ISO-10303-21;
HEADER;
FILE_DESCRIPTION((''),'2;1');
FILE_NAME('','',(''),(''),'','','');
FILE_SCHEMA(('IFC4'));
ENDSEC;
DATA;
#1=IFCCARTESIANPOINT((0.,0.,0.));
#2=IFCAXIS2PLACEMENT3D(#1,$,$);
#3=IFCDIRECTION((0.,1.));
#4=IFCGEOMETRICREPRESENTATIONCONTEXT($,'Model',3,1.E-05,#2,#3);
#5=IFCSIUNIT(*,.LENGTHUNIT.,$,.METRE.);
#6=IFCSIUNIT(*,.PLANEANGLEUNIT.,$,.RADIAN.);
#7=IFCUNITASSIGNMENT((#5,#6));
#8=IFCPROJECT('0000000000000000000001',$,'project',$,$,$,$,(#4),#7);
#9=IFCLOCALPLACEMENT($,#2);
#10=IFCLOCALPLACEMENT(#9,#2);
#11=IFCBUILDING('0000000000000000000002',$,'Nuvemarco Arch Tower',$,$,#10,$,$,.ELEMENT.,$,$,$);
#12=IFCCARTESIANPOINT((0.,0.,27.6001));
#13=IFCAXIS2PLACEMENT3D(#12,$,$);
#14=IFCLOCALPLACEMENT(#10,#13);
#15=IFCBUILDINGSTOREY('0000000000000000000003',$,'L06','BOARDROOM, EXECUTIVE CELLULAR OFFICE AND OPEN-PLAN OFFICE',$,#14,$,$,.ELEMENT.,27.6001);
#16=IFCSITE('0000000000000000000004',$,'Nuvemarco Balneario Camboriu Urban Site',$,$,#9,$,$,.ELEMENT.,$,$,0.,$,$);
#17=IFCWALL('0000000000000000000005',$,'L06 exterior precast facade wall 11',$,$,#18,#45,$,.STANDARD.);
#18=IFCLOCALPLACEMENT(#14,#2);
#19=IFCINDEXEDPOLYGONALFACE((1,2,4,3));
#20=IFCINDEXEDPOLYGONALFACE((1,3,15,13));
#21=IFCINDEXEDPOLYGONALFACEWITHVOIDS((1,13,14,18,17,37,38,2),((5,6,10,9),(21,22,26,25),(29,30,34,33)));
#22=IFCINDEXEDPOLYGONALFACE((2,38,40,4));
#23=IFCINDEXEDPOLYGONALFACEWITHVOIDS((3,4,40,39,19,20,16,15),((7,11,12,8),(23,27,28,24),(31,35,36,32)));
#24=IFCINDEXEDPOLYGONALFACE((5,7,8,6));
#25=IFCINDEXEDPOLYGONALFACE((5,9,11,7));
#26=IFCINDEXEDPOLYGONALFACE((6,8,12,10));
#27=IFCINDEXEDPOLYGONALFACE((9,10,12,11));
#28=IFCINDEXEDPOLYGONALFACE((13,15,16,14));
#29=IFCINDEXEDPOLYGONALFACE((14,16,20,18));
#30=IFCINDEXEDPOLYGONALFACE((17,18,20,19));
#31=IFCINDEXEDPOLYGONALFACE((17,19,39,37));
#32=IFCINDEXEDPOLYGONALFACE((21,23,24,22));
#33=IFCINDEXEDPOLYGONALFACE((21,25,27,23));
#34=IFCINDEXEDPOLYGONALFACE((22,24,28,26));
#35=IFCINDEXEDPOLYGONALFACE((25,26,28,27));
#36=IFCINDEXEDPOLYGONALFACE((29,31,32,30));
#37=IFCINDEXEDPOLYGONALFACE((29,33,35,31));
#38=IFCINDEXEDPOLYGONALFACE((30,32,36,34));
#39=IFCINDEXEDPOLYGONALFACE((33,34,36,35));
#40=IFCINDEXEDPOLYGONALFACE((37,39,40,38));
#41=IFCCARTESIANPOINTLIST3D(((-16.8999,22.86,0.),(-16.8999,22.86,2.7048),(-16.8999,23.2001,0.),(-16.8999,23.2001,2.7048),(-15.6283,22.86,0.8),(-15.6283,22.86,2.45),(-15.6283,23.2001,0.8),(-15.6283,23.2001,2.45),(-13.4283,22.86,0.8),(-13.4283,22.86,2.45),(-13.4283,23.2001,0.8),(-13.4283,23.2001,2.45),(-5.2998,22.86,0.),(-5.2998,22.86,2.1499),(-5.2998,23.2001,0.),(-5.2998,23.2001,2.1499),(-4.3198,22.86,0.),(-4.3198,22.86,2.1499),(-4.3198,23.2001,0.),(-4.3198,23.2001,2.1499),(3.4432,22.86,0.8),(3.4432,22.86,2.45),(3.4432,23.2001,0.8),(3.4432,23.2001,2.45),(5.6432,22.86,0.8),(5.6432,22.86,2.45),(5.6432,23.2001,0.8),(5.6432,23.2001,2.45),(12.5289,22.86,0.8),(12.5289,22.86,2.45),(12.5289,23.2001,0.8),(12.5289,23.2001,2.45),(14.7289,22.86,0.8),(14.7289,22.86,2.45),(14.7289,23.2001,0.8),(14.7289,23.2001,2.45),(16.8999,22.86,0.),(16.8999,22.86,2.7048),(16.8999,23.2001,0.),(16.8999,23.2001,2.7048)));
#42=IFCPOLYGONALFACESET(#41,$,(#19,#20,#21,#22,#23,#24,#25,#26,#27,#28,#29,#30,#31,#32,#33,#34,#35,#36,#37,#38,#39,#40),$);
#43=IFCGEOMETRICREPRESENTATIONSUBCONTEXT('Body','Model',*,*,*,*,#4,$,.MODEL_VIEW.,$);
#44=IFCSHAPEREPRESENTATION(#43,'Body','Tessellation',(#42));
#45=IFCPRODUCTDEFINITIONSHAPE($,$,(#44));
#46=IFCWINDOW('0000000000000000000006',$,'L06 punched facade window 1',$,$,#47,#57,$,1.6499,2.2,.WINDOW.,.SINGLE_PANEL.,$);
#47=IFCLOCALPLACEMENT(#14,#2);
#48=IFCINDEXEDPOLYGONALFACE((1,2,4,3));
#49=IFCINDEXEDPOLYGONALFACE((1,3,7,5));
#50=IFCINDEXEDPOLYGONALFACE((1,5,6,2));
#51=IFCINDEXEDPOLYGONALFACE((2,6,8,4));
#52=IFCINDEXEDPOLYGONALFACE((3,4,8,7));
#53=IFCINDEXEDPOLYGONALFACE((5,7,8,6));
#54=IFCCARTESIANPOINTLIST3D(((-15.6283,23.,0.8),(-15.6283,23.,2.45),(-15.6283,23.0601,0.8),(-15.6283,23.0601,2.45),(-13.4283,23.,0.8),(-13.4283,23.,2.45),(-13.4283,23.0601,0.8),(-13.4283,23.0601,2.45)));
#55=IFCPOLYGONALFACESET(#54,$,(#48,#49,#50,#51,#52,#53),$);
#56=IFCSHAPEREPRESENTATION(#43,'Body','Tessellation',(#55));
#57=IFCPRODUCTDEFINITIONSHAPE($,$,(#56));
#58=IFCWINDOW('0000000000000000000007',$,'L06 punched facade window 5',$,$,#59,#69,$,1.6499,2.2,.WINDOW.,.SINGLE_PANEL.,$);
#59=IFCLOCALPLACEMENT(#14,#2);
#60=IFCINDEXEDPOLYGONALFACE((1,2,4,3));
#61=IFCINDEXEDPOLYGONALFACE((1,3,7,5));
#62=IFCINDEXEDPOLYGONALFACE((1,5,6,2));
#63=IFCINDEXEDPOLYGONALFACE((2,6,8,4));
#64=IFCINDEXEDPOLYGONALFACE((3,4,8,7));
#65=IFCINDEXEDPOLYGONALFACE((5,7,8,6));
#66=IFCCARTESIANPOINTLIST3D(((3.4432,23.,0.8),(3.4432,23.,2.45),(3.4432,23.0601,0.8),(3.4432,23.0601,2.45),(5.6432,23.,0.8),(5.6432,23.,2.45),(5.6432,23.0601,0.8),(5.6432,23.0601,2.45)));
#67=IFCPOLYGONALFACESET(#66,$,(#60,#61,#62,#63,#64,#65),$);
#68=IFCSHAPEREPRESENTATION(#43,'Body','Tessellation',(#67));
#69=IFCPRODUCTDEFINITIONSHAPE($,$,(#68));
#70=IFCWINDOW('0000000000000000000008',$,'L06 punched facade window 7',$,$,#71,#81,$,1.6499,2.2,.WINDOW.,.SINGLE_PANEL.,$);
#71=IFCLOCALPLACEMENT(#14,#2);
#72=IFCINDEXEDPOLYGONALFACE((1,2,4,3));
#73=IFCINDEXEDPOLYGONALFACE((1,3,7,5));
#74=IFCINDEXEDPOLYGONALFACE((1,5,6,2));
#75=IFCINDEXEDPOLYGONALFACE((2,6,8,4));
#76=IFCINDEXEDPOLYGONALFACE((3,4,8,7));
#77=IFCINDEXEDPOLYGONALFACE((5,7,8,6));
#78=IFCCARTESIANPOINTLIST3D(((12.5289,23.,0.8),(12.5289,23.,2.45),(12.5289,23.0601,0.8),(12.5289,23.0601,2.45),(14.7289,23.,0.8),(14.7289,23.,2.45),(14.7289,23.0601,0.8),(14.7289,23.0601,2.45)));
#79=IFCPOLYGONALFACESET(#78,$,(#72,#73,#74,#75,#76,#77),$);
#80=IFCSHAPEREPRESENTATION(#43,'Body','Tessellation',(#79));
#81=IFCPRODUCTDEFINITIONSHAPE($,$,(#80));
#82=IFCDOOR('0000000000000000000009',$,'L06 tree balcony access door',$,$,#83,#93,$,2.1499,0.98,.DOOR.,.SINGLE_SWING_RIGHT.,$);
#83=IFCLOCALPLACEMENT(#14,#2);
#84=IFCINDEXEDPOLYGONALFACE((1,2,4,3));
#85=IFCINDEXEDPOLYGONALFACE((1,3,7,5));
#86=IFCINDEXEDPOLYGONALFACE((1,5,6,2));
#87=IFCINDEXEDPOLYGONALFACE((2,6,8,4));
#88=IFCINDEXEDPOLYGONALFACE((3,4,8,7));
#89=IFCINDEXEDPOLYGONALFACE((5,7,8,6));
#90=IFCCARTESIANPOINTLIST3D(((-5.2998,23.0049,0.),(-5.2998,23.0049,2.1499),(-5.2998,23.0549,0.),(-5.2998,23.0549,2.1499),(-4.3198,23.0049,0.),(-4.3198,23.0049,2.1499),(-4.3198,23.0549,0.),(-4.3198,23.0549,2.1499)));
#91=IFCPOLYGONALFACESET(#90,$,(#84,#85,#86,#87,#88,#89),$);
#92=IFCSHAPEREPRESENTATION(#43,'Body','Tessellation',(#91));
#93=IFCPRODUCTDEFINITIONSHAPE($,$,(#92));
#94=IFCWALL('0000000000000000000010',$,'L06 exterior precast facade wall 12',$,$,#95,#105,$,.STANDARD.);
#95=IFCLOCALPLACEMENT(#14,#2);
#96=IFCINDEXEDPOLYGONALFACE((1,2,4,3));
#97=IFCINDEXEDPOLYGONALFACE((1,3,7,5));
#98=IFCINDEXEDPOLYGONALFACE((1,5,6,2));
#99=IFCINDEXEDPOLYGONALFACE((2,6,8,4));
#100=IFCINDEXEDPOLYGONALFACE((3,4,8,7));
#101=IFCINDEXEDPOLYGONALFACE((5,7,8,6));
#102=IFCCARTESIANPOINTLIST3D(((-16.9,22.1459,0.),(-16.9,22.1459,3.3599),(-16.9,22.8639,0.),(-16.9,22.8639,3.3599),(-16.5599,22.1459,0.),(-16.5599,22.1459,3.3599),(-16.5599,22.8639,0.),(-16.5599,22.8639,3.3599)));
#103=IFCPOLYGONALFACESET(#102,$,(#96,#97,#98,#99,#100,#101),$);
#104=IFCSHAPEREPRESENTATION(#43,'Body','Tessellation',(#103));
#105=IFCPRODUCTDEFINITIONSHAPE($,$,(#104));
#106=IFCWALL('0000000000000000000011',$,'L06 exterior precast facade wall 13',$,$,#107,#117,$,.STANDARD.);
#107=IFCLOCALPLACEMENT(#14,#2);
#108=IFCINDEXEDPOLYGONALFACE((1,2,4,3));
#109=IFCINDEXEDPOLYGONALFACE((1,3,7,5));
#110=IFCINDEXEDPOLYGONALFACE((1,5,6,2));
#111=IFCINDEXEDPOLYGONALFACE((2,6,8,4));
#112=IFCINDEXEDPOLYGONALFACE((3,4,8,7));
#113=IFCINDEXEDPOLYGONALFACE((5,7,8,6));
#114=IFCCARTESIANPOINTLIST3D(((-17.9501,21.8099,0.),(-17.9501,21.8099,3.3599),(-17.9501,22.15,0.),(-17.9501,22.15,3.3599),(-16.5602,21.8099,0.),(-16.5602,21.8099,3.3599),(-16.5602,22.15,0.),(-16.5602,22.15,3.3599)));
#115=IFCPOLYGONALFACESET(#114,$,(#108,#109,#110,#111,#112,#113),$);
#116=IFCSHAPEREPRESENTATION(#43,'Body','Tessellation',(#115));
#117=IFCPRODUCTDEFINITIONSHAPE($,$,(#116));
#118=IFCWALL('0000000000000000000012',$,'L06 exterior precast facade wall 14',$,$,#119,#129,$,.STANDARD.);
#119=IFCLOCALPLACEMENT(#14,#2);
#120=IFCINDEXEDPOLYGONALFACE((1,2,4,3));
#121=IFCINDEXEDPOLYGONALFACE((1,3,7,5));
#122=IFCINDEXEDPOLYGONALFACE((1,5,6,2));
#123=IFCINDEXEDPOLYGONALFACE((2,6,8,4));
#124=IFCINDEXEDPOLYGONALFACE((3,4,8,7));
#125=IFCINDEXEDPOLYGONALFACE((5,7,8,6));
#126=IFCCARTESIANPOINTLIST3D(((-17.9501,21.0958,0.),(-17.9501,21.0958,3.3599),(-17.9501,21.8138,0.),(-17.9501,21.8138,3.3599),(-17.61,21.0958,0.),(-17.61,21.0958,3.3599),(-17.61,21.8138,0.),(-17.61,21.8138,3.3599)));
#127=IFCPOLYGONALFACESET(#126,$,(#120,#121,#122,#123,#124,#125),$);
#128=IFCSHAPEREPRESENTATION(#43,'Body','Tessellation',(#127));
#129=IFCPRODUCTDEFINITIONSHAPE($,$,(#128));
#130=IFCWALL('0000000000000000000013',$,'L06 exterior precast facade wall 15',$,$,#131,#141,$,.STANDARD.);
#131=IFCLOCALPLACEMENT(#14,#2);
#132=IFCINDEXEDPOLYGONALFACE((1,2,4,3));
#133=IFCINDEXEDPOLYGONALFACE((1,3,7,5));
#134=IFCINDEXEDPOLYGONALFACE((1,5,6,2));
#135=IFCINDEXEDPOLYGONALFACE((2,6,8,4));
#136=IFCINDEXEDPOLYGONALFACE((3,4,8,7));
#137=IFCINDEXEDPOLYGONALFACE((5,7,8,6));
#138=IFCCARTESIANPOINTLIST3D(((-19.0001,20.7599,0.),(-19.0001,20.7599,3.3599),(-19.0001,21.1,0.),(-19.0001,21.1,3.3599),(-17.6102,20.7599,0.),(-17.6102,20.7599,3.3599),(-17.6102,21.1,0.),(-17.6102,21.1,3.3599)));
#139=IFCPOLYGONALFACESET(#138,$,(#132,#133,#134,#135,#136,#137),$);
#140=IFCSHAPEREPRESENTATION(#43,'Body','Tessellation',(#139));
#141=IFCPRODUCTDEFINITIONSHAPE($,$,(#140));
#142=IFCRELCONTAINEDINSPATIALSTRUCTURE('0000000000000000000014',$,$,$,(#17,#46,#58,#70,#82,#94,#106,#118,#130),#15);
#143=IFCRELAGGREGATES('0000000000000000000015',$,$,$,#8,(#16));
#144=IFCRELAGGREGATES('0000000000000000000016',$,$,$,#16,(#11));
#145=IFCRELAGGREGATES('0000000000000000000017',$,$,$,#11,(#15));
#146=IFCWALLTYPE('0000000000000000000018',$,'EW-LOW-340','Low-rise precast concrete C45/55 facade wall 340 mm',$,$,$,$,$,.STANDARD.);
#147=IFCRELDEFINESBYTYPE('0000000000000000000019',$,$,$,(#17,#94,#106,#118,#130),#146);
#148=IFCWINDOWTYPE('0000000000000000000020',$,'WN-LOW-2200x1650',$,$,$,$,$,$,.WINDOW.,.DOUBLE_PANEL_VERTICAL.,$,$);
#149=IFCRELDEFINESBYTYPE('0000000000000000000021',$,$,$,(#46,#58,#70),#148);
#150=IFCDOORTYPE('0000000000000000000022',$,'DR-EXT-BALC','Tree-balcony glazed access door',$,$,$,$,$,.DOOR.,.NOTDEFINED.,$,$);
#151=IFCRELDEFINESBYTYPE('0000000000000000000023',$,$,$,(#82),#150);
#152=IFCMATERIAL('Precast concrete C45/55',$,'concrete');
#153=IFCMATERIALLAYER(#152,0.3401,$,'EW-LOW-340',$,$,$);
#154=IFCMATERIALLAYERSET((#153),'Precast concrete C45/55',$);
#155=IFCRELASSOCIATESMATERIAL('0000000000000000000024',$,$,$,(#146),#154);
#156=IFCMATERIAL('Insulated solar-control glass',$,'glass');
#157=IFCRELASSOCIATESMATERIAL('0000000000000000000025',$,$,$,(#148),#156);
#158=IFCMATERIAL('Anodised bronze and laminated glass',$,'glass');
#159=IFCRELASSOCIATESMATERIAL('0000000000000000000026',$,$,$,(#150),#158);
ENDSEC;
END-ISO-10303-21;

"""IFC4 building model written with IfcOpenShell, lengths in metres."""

from ifc_helpers import new_model, si_unit, direction, frame, frame_2d, origin, place, context, subcontext, project, spatial, rectangle, extrude, source, transform, mapped, material, layer, layer_set, type_object, type_shapes, element, fill, save


model = new_model("IFC4")

# Units and contexts
model_context = context("Model", 3, precision=1e-05, world=origin(), true_north=direction((0.0, 1.0)))
body_context = subcontext(model_context, "Body", "Model", "MODEL_VIEW")
ifc_project = project(units=[si_unit("LENGTHUNIT", "METRE"), si_unit("PLANEANGLEUNIT", "RADIAN")], contexts=[model_context])

# Site, building, storey
site_placement = place(None, origin())
site = spatial("IfcSite", under=ifc_project, at=site_placement, Name="Nuvemarco Balneario Camboriu Urban Site", CompositionType="ELEMENT", RefElevation=0.0)
building_placement = place(site_placement, origin())
building = spatial("IfcBuilding", under=site, at=building_placement, Name="Nuvemarco Arch Tower", CompositionType="ELEMENT")
storey_placement = place(building_placement, frame((0.0, 0.0, 27.6001)))
storey = spatial("IfcBuildingStorey", under=building, at=storey_placement, Name="L06", Description="BOARDROOM, EXECUTIVE CELLULAR OFFICE AND OPEN-PLAN OFFICE", CompositionType="ELEMENT", Elevation=27.6001)

# Shared definitions
ifc_material_1 = material(Name="Precast concrete C45/55", Category="concrete")

# Wall, openings, windows, door
ifc_layer_1 = layer(ifc_material_1, 0.3401, Name="EW-LOW-340")
ifc_layer_set_1 = layer_set([ifc_layer_1], Name="Precast concrete C45/55")
wall_type_1 = type_object("IfcWallType", Name="EW-LOW-340", Description="Low-rise precast concrete C45/55 facade wall 340 mm", PredefinedType="STANDARD", material=ifc_layer_set_1)
wall_1_placement = place(storey_placement, frame((-16.8999, 23.03, 0.0), z_axis=(0.0, 0.0, 1.0), x_axis=(1.0, 0.0, 0.0)))
wall_1 = element("IfcWall", 1, at=wall_1_placement, inside=storey, type_object=wall_type_1, Name="L06 exterior precast facade wall 11", PredefinedType="STANDARD", context=body_context, shape_type="SweptSolid", body=[
    extrude(rectangle(XDim=33.7998, YDim=0.3401, at=frame_2d((16.8999, 0.0))), origin(), (0.0, 0.0, 1.0), 2.7048),
])
opening_1_placement = place(wall_1_placement, frame((11.6001, 0.0, 0.0)))
opening_1 = element("IfcOpeningElement", 2, at=opening_1_placement, cuts=wall_1, PredefinedType="OPENING", context=body_context, shape_type="SweptSolid", body=[
    extrude(rectangle(XDim=0.98, YDim=2.1499, at=frame_2d((0.49, 1.075))), frame((0.0, 0.1799, 0.0), z_axis=(0.0, -1.0, 0.0), x_axis=(1.0, 0.0, 0.0)), (0.0, 0.0, 1.0), 0.3601),
])
opening_2_placement = place(wall_1_placement, frame((1.2715, 0.0, 0.8)))
opening_2 = element("IfcOpeningElement", 3, at=opening_2_placement, cuts=wall_1, PredefinedType="OPENING", context=body_context, shape_type="SweptSolid", body=[
    extrude(rectangle(XDim=2.2, YDim=1.6499, at=frame_2d((1.1001, 0.825))), frame((0.0, 0.1799, 0.0), z_axis=(0.0, -1.0, 0.0), x_axis=(1.0, 0.0, 0.0)), (0.0, 0.0, 1.0), 0.3601),
])
opening_3_placement = place(wall_1_placement, frame((20.343, 0.0, 0.8)))
opening_3 = element("IfcOpeningElement", 4, at=opening_3_placement, cuts=wall_1, PredefinedType="OPENING", context=body_context, shape_type="SweptSolid", body=[
    extrude(rectangle(XDim=2.2, YDim=1.6499, at=frame_2d((1.1001, 0.825))), frame((0.0, 0.1799, 0.0), z_axis=(0.0, -1.0, 0.0), x_axis=(1.0, 0.0, 0.0)), (0.0, 0.0, 1.0), 0.3601),
])
opening_4_placement = place(wall_1_placement, frame((29.4287, 0.0, 0.8)))
opening_4 = element("IfcOpeningElement", 5, at=opening_4_placement, cuts=wall_1, PredefinedType="OPENING", context=body_context, shape_type="SweptSolid", body=[
    extrude(rectangle(XDim=2.2, YDim=1.6499, at=frame_2d((1.1001, 0.825))), frame((0.0, 0.1799, 0.0), z_axis=(0.0, -1.0, 0.0), x_axis=(1.0, 0.0, 0.0)), (0.0, 0.0, 1.0), 0.3601),
])
ifc_material_2 = material(Name="Insulated solar-control glass", Category="glass")
window_type = type_object("IfcWindowType", Name="WN-LOW-2200x1650", PartitioningType="DOUBLE_PANEL_VERTICAL", PredefinedType="WINDOW", material=ifc_material_2)
shared_shape_1 = source(origin(), body_context, "Body", "SweptSolid", [
    extrude(rectangle(XDim=2.2, YDim=1.6499, at=frame_2d((1.1001, 0.825))), frame((0.0, 0.03, 0.0), z_axis=(0.0, -1.0, 0.0), x_axis=(1.0, 0.0, 0.0)), (0.0, 0.0, 1.0), 0.0601),
])
type_shapes(window_type, [shared_shape_1])
window_1_placement = place(opening_2_placement, origin())
window_1 = element("IfcWindow", 6, at=window_1_placement, inside=storey, type_object=window_type, Name="L06 punched facade window 1", OverallHeight=1.6499, OverallWidth=2.2, PartitioningType="SINGLE_PANEL", PredefinedType="WINDOW", context=body_context, shape_type="MappedRepresentation", body=[
    mapped(shared_shape_1, transform((0.0, 0.0, 0.0), scale=1.0)),
])
fill(opening_2, window_1)
window_2_placement = place(opening_3_placement, origin())
window_2 = element("IfcWindow", 7, at=window_2_placement, inside=storey, type_object=window_type, Name="L06 punched facade window 5", OverallHeight=1.6499, OverallWidth=2.2, PartitioningType="SINGLE_PANEL", PredefinedType="WINDOW", context=body_context, shape_type="MappedRepresentation", body=[
    mapped(shared_shape_1, transform((0.0, 0.0, 0.0), scale=1.0)),
])
fill(opening_3, window_2)
window_3_placement = place(opening_4_placement, origin())
window_3 = element("IfcWindow", 8, at=window_3_placement, inside=storey, type_object=window_type, Name="L06 punched facade window 7", OverallHeight=1.6499, OverallWidth=2.2, PartitioningType="SINGLE_PANEL", PredefinedType="WINDOW", context=body_context, shape_type="MappedRepresentation", body=[
    mapped(shared_shape_1, transform((0.0, 0.0, 0.0), scale=1.0)),
])
fill(opening_4, window_3)
ifc_material_3 = material(Name="Anodised bronze and laminated glass", Category="glass")
door_type_1 = type_object("IfcDoorType", Name="DR-EXT-BALC", Description="Tree-balcony glazed access door", OperationType="NOTDEFINED", PredefinedType="DOOR", material=ifc_material_3)
shared_shape_2 = source(origin(), body_context, "Body", "SweptSolid", [
    extrude(rectangle(XDim=0.98, YDim=2.1499, at=frame_2d((0.49, 1.075))), frame((0.0, 0.0249, 0.0), z_axis=(0.0, -1.0, 0.0), x_axis=(1.0, 0.0, 0.0)), (0.0, 0.0, 1.0), 0.05),
])
type_shapes(door_type_1, [shared_shape_2])
door_1_placement = place(opening_1_placement, origin())
door_1 = element("IfcDoor", 9, at=door_1_placement, inside=storey, type_object=door_type_1, Name="L06 tree balcony access door", OperationType="SINGLE_SWING_RIGHT", OverallHeight=2.1499, OverallWidth=0.98, PredefinedType="DOOR", context=body_context, shape_type="MappedRepresentation", body=[
    mapped(shared_shape_2, transform((0.0, 0.0, 0.0), scale=1.0)),
])
fill(opening_1, door_1)

# Walls
wall_2_placement = place(storey_placement, frame((-16.73, 22.146, 0.0), z_axis=(0.0, 0.0, 1.0), x_axis=(0.0, 1.0, 0.0)))
element("IfcWall", 10, at=wall_2_placement, inside=storey, type_object=wall_type_1, Name="L06 exterior precast facade wall 12", PredefinedType="STANDARD", context=body_context, shape_type="SweptSolid", body=[
    extrude(rectangle(XDim=0.718, YDim=0.3401, at=frame_2d((0.3589, 0.0))), origin(), (0.0, 0.0, 1.0), 3.3599),
])
wall_3_placement = place(storey_placement, frame((-17.95, 21.98, 0.0), z_axis=(0.0, 0.0, 1.0), x_axis=(1.0, 0.0, 0.0)))
element("IfcWall", 11, at=wall_3_placement, inside=storey, type_object=wall_type_1, Name="L06 exterior precast facade wall 13", PredefinedType="STANDARD", context=body_context, shape_type="SweptSolid", body=[
    extrude(rectangle(XDim=1.3899, YDim=0.3401, at=frame_2d((0.6948, 0.0))), origin(), (0.0, 0.0, 1.0), 3.3599),
])
wall_4_placement = place(storey_placement, frame((-17.78, 21.0959, 0.0), z_axis=(0.0, 0.0, 1.0), x_axis=(0.0, 1.0, 0.0)))
element("IfcWall", 12, at=wall_4_placement, inside=storey, type_object=wall_type_1, Name="L06 exterior precast facade wall 14", PredefinedType="STANDARD", context=body_context, shape_type="SweptSolid", body=[
    extrude(rectangle(XDim=0.718, YDim=0.3401, at=frame_2d((0.3589, 0.0))), origin(), (0.0, 0.0, 1.0), 3.3599),
])
wall_5_placement = place(storey_placement, frame((-19.0, 20.9299, 0.0), z_axis=(0.0, 0.0, 1.0), x_axis=(1.0, 0.0, 0.0)))
element("IfcWall", 13, at=wall_5_placement, inside=storey, type_object=wall_type_1, Name="L06 exterior precast facade wall 15", PredefinedType="STANDARD", context=body_context, shape_type="SweptSolid", body=[
    extrude(rectangle(XDim=1.3899, YDim=0.3401, at=frame_2d((0.6948, 0.0))), origin(), (0.0, 0.0, 1.0), 3.3599),
])

save(model, "model.ifc")
